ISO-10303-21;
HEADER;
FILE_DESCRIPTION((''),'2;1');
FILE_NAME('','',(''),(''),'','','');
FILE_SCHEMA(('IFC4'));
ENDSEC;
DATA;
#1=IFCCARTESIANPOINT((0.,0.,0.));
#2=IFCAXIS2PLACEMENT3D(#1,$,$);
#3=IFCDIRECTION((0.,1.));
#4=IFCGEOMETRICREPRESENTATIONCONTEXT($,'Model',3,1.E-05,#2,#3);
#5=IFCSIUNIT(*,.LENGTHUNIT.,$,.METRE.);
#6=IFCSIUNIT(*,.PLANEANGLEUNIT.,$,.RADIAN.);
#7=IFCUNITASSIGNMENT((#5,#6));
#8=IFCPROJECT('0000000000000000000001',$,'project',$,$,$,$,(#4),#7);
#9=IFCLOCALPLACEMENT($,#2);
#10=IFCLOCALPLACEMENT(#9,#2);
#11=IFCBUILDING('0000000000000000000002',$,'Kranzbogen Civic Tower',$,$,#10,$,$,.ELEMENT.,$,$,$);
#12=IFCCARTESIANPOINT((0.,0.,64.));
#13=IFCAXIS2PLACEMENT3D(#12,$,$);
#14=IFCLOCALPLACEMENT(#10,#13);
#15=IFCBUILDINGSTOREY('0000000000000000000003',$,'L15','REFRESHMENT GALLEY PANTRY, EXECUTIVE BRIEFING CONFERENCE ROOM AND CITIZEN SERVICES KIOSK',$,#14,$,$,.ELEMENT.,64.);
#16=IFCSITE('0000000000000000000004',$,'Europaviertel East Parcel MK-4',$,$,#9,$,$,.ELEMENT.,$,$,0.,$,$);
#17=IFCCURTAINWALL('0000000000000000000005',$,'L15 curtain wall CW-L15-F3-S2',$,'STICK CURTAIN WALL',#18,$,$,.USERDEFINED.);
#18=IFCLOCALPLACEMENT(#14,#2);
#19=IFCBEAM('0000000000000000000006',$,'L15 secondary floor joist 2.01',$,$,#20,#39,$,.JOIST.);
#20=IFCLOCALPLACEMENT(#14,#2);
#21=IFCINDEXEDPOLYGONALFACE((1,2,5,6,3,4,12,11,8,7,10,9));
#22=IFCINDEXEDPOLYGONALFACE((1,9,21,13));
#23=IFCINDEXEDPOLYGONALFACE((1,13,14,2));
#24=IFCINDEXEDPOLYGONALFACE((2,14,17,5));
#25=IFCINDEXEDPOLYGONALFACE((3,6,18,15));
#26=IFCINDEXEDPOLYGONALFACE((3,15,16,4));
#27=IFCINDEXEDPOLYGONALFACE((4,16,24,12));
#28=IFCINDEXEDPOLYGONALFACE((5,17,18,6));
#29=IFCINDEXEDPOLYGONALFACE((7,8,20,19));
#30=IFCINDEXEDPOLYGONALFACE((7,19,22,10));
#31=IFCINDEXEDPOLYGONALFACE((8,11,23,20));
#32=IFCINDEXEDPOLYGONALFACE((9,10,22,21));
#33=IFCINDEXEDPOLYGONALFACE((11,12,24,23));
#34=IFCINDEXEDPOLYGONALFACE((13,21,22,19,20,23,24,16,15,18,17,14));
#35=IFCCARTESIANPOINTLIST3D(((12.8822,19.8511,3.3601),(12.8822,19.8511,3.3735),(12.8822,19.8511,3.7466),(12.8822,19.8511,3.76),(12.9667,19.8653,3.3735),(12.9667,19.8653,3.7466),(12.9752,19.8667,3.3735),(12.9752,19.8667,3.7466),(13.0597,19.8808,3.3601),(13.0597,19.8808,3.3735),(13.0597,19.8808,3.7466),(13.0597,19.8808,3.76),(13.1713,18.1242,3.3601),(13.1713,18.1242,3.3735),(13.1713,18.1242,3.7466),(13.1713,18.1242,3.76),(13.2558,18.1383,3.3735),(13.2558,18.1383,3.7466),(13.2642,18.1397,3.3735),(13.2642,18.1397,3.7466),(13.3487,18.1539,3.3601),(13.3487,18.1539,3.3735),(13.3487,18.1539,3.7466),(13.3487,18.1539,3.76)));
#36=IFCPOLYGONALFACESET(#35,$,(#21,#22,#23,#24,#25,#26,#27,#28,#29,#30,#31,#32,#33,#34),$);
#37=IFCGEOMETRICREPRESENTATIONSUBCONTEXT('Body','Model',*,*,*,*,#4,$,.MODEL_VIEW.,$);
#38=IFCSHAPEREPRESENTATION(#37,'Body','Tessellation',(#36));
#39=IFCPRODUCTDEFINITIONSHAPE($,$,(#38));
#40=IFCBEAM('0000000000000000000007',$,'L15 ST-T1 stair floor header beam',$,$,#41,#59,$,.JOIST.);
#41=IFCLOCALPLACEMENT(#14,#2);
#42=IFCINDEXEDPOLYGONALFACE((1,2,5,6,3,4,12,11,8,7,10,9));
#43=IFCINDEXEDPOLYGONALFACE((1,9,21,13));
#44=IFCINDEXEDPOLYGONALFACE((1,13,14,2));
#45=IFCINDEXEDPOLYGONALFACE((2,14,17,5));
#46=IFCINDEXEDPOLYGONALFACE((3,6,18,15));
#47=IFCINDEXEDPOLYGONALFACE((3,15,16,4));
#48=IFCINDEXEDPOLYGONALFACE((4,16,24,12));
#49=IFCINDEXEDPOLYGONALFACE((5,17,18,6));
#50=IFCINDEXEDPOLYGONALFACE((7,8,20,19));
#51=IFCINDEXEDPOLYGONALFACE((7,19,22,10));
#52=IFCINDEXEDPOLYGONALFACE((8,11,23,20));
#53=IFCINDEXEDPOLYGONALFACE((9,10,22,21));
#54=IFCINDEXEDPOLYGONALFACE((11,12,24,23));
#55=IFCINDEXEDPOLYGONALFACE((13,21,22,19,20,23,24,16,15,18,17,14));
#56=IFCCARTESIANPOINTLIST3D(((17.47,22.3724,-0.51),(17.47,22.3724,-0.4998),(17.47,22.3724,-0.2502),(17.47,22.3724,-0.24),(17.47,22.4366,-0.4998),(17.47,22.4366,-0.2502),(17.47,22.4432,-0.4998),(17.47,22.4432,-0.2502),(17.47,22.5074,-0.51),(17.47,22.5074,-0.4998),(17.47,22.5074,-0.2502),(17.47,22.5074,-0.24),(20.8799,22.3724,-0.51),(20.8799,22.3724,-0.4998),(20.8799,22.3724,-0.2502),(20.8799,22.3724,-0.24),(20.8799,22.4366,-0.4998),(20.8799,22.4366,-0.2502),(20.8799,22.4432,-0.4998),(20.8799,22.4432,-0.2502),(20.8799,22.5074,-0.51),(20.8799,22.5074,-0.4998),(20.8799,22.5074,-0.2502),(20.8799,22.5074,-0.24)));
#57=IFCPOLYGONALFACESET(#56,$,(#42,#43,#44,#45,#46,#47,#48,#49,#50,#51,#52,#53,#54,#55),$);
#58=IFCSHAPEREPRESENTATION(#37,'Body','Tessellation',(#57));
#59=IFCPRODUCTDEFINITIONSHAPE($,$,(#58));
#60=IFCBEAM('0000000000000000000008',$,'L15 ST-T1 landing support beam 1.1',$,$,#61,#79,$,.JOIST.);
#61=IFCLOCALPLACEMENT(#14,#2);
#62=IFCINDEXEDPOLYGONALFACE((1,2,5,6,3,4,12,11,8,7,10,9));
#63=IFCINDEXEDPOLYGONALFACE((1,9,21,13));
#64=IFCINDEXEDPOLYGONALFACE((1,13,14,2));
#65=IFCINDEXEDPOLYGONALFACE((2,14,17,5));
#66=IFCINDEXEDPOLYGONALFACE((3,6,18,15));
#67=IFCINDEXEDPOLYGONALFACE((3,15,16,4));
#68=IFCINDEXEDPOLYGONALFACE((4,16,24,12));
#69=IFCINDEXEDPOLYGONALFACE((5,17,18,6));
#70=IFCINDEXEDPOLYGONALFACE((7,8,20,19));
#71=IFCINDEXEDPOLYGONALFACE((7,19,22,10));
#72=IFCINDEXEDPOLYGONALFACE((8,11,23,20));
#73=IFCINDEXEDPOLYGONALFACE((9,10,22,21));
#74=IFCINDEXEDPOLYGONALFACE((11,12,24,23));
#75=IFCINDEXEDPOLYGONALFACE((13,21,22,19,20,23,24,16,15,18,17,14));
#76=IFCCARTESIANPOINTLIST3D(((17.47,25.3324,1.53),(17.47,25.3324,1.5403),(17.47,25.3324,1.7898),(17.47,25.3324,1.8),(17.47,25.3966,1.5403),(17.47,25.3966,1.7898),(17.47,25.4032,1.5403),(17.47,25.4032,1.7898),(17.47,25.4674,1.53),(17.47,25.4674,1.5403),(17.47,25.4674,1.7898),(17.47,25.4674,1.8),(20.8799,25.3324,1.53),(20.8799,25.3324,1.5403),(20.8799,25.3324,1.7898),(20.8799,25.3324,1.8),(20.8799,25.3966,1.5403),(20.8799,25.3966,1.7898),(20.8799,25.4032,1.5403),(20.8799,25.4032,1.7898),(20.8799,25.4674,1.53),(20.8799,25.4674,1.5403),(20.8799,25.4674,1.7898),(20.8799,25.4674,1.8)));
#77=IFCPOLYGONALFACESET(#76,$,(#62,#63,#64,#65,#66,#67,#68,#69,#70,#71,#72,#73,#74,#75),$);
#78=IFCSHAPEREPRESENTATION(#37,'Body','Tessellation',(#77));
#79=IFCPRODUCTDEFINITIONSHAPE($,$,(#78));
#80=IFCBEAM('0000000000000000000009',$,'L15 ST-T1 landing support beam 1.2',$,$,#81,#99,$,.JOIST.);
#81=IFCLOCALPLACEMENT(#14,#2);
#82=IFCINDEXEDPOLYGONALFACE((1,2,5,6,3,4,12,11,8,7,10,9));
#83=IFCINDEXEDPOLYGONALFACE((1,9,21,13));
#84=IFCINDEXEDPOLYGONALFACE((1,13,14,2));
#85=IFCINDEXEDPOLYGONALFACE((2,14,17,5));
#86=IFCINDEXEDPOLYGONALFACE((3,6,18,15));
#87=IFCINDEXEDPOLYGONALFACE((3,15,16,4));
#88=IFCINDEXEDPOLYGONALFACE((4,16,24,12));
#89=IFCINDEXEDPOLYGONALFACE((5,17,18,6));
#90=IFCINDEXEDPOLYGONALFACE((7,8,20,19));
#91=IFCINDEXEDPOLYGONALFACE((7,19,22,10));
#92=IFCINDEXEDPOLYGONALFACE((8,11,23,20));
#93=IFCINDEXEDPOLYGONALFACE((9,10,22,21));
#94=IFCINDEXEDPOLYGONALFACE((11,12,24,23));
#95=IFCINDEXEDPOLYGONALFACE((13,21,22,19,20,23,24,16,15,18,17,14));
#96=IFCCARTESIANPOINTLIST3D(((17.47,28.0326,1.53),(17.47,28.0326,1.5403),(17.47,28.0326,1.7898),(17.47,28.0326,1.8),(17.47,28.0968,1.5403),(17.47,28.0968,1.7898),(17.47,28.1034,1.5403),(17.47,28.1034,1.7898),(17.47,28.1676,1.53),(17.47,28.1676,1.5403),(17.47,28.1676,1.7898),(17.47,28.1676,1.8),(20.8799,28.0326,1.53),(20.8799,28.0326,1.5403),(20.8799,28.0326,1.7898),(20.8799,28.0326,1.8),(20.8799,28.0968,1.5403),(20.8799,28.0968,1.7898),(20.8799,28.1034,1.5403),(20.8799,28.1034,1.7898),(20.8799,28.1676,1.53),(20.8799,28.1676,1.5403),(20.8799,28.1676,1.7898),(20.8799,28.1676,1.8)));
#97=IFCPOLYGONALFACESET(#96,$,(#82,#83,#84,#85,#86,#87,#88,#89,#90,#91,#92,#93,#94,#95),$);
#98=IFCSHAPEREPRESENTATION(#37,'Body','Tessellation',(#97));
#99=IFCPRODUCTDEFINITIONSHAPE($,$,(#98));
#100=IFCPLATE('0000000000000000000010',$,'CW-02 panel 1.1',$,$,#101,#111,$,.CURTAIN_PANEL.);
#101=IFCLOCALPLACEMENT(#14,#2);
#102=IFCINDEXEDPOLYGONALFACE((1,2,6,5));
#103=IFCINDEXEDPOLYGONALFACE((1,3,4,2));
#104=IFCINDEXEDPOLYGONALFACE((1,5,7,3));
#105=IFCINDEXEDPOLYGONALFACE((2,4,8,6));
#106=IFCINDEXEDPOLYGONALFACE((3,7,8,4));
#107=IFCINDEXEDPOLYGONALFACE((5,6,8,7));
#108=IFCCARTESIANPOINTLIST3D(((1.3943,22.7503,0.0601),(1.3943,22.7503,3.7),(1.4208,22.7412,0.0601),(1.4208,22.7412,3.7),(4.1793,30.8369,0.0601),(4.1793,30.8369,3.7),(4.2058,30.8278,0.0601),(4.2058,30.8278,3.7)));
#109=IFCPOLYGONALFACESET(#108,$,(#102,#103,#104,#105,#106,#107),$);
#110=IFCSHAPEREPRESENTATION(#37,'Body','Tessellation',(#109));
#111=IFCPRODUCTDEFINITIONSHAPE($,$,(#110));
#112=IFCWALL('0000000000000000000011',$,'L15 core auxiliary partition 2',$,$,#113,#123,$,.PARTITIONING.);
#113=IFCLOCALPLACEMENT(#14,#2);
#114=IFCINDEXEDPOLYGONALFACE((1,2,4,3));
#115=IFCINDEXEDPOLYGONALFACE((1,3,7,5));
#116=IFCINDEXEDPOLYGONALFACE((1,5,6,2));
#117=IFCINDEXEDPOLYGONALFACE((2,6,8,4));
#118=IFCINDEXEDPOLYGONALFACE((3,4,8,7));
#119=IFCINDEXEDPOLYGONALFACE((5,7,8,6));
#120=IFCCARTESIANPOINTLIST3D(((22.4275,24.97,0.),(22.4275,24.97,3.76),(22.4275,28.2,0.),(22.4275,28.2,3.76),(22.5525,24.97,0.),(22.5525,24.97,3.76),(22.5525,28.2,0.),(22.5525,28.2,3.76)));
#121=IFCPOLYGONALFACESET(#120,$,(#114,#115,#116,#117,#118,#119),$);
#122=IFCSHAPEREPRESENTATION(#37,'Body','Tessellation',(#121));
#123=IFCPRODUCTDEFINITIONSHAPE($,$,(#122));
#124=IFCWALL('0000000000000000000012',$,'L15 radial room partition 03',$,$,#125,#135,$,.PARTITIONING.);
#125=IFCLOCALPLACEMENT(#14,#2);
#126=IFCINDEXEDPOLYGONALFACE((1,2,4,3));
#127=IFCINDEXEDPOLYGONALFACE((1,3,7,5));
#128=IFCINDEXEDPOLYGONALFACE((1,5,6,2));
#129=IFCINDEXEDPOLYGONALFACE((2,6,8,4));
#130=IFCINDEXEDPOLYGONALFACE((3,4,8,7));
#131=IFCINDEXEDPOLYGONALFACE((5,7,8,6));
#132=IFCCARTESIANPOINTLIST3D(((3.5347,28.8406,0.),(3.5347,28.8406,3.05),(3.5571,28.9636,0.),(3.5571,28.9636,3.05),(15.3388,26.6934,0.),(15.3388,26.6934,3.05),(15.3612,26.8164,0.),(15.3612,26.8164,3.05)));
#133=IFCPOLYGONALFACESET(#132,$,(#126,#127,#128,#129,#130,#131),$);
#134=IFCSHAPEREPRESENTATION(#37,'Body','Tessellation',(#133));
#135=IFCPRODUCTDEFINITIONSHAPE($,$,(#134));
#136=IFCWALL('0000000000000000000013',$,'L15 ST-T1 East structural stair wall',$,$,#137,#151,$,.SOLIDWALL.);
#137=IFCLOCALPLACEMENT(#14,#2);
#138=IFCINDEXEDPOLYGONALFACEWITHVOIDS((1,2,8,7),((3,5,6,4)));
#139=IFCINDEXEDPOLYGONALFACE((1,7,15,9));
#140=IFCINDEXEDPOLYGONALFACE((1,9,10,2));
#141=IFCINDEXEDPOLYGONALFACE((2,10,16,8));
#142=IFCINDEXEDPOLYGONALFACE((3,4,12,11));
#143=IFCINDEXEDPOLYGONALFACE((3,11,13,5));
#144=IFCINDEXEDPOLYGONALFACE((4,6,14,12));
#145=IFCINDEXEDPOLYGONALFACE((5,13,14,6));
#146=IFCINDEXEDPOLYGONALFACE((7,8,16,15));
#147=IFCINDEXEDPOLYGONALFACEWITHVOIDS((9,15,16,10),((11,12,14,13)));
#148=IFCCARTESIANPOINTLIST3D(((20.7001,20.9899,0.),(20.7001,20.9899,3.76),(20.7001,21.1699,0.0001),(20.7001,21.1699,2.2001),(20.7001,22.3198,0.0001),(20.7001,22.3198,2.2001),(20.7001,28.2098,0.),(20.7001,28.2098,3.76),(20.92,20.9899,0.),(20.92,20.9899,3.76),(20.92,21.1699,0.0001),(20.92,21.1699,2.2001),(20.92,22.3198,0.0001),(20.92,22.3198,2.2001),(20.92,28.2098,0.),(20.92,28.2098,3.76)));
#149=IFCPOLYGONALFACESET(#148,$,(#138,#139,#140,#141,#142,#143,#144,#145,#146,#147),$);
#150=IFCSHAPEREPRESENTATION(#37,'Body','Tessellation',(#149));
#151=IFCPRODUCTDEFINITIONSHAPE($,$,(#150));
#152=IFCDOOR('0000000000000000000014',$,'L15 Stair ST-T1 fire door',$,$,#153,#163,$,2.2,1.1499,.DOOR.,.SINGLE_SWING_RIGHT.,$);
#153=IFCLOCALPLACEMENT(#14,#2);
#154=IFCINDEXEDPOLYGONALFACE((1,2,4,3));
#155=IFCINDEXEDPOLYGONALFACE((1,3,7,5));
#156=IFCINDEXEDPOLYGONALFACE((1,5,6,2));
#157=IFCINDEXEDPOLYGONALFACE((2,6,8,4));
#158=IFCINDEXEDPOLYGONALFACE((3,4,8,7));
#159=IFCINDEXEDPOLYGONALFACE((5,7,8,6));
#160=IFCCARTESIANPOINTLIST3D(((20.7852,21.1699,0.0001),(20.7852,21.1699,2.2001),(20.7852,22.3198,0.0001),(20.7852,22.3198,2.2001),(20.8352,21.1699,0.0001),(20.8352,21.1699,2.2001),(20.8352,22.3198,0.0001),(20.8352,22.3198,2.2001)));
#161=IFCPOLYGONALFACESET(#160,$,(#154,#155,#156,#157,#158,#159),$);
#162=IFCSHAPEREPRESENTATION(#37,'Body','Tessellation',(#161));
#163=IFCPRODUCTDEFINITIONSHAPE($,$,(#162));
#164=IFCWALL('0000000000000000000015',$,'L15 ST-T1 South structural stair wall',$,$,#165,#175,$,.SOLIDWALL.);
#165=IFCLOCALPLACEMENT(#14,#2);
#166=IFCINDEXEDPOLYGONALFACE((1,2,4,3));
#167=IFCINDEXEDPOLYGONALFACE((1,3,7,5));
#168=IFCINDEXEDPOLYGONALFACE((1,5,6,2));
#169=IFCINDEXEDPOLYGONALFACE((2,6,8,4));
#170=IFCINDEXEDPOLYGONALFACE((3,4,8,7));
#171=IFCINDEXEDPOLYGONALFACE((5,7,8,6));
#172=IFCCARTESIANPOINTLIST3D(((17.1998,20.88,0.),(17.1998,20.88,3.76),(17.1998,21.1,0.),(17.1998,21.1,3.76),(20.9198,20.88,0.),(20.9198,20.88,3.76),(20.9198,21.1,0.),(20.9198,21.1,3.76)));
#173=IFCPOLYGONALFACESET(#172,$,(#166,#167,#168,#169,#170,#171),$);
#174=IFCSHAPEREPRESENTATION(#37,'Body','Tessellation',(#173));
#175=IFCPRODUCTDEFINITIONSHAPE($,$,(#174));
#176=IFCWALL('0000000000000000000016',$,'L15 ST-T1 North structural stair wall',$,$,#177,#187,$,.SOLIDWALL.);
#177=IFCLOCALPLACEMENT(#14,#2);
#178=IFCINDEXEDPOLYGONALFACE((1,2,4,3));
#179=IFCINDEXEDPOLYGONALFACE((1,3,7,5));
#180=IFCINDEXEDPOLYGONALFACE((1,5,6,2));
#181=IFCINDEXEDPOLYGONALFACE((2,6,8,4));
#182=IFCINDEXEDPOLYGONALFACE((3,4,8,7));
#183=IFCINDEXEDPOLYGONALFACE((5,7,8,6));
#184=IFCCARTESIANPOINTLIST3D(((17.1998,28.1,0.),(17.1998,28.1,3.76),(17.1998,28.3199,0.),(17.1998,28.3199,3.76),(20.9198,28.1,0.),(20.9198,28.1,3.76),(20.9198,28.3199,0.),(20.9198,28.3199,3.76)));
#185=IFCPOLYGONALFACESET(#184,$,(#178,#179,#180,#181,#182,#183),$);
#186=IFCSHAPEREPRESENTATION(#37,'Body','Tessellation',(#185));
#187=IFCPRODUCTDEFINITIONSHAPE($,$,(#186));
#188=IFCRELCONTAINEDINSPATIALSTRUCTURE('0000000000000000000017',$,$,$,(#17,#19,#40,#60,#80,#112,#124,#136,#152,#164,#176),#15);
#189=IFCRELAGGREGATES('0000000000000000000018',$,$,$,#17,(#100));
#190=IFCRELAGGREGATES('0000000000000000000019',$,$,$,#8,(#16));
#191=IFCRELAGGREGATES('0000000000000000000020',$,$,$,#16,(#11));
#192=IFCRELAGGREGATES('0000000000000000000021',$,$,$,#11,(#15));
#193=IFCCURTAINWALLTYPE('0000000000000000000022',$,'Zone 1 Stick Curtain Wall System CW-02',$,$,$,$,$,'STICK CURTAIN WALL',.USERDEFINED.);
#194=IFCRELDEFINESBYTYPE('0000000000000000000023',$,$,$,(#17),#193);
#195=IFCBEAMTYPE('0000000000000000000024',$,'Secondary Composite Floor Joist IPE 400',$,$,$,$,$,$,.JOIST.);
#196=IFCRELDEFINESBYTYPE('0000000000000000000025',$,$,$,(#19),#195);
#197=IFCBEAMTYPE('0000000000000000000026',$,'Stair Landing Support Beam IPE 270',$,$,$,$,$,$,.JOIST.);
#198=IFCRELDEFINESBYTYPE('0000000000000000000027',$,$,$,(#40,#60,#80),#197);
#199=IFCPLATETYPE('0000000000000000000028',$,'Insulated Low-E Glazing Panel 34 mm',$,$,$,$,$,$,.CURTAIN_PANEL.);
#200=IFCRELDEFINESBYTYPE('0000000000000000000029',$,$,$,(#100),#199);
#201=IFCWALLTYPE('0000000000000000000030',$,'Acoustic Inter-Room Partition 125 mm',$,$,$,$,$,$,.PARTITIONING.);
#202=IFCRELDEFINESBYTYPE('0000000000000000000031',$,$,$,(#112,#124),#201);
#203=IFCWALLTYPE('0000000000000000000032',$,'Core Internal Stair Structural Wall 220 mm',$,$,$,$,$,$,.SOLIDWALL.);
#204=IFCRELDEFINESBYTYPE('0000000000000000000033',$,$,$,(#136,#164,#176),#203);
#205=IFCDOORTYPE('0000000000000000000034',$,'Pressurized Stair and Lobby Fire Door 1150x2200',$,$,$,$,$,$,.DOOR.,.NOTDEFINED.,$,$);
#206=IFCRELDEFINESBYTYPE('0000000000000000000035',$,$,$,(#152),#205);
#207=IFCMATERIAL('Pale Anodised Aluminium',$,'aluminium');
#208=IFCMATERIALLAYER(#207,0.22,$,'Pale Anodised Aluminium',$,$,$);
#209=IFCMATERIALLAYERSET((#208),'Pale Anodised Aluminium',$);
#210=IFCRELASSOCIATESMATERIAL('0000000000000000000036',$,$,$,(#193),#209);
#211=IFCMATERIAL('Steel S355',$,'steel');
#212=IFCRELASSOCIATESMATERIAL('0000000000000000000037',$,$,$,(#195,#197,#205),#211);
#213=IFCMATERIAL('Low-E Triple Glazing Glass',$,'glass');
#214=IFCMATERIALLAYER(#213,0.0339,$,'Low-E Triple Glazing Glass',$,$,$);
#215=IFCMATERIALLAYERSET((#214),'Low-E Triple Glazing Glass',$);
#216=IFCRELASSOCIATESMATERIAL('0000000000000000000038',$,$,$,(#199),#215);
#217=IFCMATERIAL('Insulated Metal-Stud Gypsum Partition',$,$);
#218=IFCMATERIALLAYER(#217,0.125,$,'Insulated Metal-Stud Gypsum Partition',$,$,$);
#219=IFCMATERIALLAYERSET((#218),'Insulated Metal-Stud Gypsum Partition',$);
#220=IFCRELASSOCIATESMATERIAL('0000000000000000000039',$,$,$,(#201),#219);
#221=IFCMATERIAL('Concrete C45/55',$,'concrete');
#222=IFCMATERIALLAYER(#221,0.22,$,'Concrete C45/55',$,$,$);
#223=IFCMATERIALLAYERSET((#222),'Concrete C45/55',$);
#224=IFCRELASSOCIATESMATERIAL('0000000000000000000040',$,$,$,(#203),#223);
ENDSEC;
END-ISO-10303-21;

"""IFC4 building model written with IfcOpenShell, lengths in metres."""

from ifc_helpers import new_model, si_unit, direction, frame, frame_2d, origin, origin_2d, place, context, subcontext, project, spatial, rectangle, i_section, extrude, material, layer, layer_set, material_profile, profile_set, type_object, element, fill, aggregate, save


model = new_model("IFC4")

# Units and contexts
model_context = context("Model", 3, precision=1e-05, world=origin(), true_north=direction((0.0, 1.0)))
body_context = subcontext(model_context, "Body", "Model", "MODEL_VIEW")
ifc_project = project(units=[si_unit("LENGTHUNIT", "METRE"), si_unit("PLANEANGLEUNIT", "RADIAN")], contexts=[model_context])

# Site, building, storey
site_placement = place(None, origin())
site = spatial("IfcSite", under=ifc_project, at=site_placement, Name="Europaviertel East Parcel MK-4", CompositionType="ELEMENT", RefElevation=0.0)
building_placement = place(site_placement, origin())
building = spatial("IfcBuilding", under=site, at=building_placement, Name="Kranzbogen Civic Tower", CompositionType="ELEMENT")
storey_placement = place(building_placement, frame((0.0, 0.0, 64.0)))
storey = spatial("IfcBuildingStorey", under=building, at=storey_placement, Name="L15", Description="REFRESHMENT GALLEY PANTRY, EXECUTIVE BRIEFING CONFERENCE ROOM AND CITIZEN SERVICES KIOSK", CompositionType="ELEMENT", Elevation=64.0)

# Shared definitions
ifc_material_1 = material(Name="Steel S355", Category="steel")

# Curtain wall
ifc_material_2 = material(Name="Pale Anodised Aluminium", Category="aluminium")
ifc_layer_1 = layer(ifc_material_2, 0.22, Name="Pale Anodised Aluminium")
ifc_layer_set_1 = layer_set([ifc_layer_1], Name="Pale Anodised Aluminium")
curtain_wall_type = type_object("IfcCurtainWallType", Name="Zone 1 Stick Curtain Wall System CW-02", ElementType="STICK CURTAIN WALL", PredefinedType="USERDEFINED", material=ifc_layer_set_1)
curtain_wall_placement = place(storey_placement, origin())
curtain_wall = element("IfcCurtainWall", 1, at=curtain_wall_placement, inside=storey, type_object=curtain_wall_type, Name="L15 curtain wall CW-L15-F3-S2", ObjectType="STICK CURTAIN WALL", PredefinedType="USERDEFINED")

# Beams
ifc_material_profile_1 = material_profile(ifc_material_1, i_section(OverallWidth=0.1799, OverallDepth=0.3999, WebThickness=0.0085, FlangeThickness=0.0134, at=origin_2d()), Name="IPE 400")
ifc_profile_set_1 = profile_set([ifc_material_profile_1], Name="Steel S355")
beam_type_1 = type_object("IfcBeamType", Name="Secondary Composite Floor Joist IPE 400", PredefinedType="JOIST", material=ifc_profile_set_1)
beam_1_placement = place(storey_placement, frame((12.9709, 19.866, 3.5601), z_axis=(0.165077, -0.986281, 0.0), x_axis=(0.986281, 0.165077, 0.0)))
element("IfcBeam", 2, at=beam_1_placement, inside=storey, type_object=beam_type_1, Name="L15 secondary floor joist 2.01", PredefinedType="JOIST", context=body_context, shape_type="SweptSolid", body=[
    extrude(i_section(OverallWidth=0.1799, OverallDepth=0.3999, WebThickness=0.0085, FlangeThickness=0.0134, at=origin_2d()), origin(), (0.0, 0.0, 1.0), 1.751),
])
ifc_material_profile_2 = material_profile(ifc_material_1, i_section(OverallWidth=0.135, OverallDepth=0.27, WebThickness=0.0066, FlangeThickness=0.0103, at=origin_2d()), Name="IPE 270")
ifc_profile_set_2 = profile_set([ifc_material_profile_2], Name="Steel S355")
beam_type_2 = type_object("IfcBeamType", Name="Stair Landing Support Beam IPE 270", PredefinedType="JOIST", material=ifc_profile_set_2)
for number, where, z_axis, x_axis, name in (
    (3, (20.8799, 22.4399, -0.375), (-1.0, 0.0, 0.0), (0.0, -1.0, 0.0), "L15 ST-T1 stair floor header beam"),
    (4, (20.8799, 25.3999, 1.665), (-1.0, 0.0, 0.0), (0.0, -1.0, 0.0), "L15 ST-T1 landing support beam 1.1"),
    (5, (20.8799, 28.1001, 1.665), (-1.0, 0.0, 0.0), (0.0, -1.0, 0.0), "L15 ST-T1 landing support beam 1.2"),
):
    element("IfcBeam", number, at=place(storey_placement, frame(where, z_axis=z_axis, x_axis=x_axis)), inside=storey, type_object=beam_type_2, Name=name, PredefinedType="JOIST", context=body_context, shape_type="SweptSolid", body=[
        extrude(i_section(OverallWidth=0.135, OverallDepth=0.27, WebThickness=0.0066, FlangeThickness=0.0103, at=origin_2d()), origin(), (0.0, 0.0, 1.0), 3.4099),
    ])

# Plate
ifc_material_3 = material(Name="Low-E Triple Glazing Glass", Category="glass")
ifc_layer_2 = layer(ifc_material_3, 0.0339, Name="Low-E Triple Glazing Glass")
ifc_layer_set_2 = layer_set([ifc_layer_2], Name="Low-E Triple Glazing Glass")
plate_type = type_object("IfcPlateType", Name="Insulated Low-E Glazing Panel 34 mm", PredefinedType="CURTAIN_PANEL", material=ifc_layer_set_2)
plate_placement = place(storey_placement, frame((2.8, 26.7891, 0.0601), z_axis=(0.0, 0.0, 1.0), x_axis=(-0.325621, -0.9455, 0.0)))
plate = element("IfcPlate", 6, at=plate_placement, type_object=plate_type, Name="CW-02 panel 1.1", PredefinedType="CURTAIN_PANEL", context=body_context, shape_type="SweptSolid", body=[
    extrude(rectangle(XDim=8.5527, YDim=0.0281, at=origin_2d()), origin(), (0.0, 0.0, 1.0), 3.6399),
])
aggregate(curtain_wall, [plate])

# Shared definitions
ifc_material_4 = material(Name="Insulated Metal-Stud Gypsum Partition")
ifc_layer_3 = layer(ifc_material_4, 0.125, Name="Insulated Metal-Stud Gypsum Partition")
ifc_layer_set_3 = layer_set([ifc_layer_3], Name="Insulated Metal-Stud Gypsum Partition")
wall_type_1 = type_object("IfcWallType", Name="Acoustic Inter-Room Partition 125 mm", PredefinedType="PARTITIONING", material=ifc_layer_set_3)

# Walls
wall_1_placement = place(storey_placement, frame((22.49, 24.97, 0.0), z_axis=(0.0, 0.0, 1.0), x_axis=(0.0, 1.0, 0.0)))
element("IfcWall", 7, at=wall_1_placement, inside=storey, type_object=wall_type_1, Name="L15 core auxiliary partition 2", PredefinedType="PARTITIONING", context=body_context, shape_type="SweptSolid", body=[
    extrude(rectangle(XDim=3.23, YDim=0.125, at=frame_2d((1.615, 0.0))), origin(), (0.0, 0.0, 1.0), 3.76),
])
wall_2_placement = place(storey_placement, frame((15.3501, 26.7549, 0.0), z_axis=(0.0, 0.0, 1.0), x_axis=(-0.983855, 0.178966, 0.0)))
element("IfcWall", 8, at=wall_2_placement, inside=storey, type_object=wall_type_1, Name="L15 radial room partition 03", PredefinedType="PARTITIONING", context=body_context, shape_type="SweptSolid", body=[
    extrude(rectangle(XDim=11.9978, YDim=0.125, at=frame_2d((5.999, 0.0))), origin(), (0.0, 0.0, 1.0), 3.05),
])

# Wall, opening, door
ifc_material_5 = material(Name="Concrete C45/55", Category="concrete")
ifc_layer_4 = layer(ifc_material_5, 0.22, Name="Concrete C45/55")
ifc_layer_set_4 = layer_set([ifc_layer_4], Name="Concrete C45/55")
wall_type_2 = type_object("IfcWallType", Name="Core Internal Stair Structural Wall 220 mm", PredefinedType="SOLIDWALL", material=ifc_layer_set_4)
wall_3_placement = place(storey_placement, frame((20.8101, 20.99, 0.0), z_axis=(0.0, 0.0, 1.0), x_axis=(0.0, 1.0, 0.0)))
wall_3 = element("IfcWall", 9, at=wall_3_placement, inside=storey, type_object=wall_type_2, Name="L15 ST-T1 East structural stair wall", PredefinedType="SOLIDWALL", context=body_context, shape_type="SweptSolid", body=[
    extrude(rectangle(XDim=7.22, YDim=0.22, at=frame_2d((3.6099, 0.0))), origin(), (0.0, 0.0, 1.0), 3.76),
])
opening_1_placement = place(wall_3_placement, frame((0.1799, 0.0, 0.0)))
opening_1 = element("IfcOpeningElement", 10, at=opening_1_placement, cuts=wall_3, PredefinedType="OPENING", context=body_context, shape_type="SweptSolid", body=[
    extrude(rectangle(XDim=1.1499, YDim=2.2, at=frame_2d((0.575, 1.1001))), frame((0.0, 0.1201, 0.0), z_axis=(0.0, -1.0, 0.0), x_axis=(1.0, 0.0, 0.0)), (0.0, 0.0, 1.0), 0.24),
])
door_type_1 = type_object("IfcDoorType", Name="Pressurized Stair and Lobby Fire Door 1150x2200", OperationType="NOTDEFINED", PredefinedType="DOOR", material=ifc_material_1)
door_1_placement = place(opening_1_placement, origin())
door_1 = element("IfcDoor", 11, at=door_1_placement, inside=storey, type_object=door_type_1, Name="L15 Stair ST-T1 fire door", OperationType="SINGLE_SWING_RIGHT", OverallHeight=2.2, OverallWidth=1.1499, PredefinedType="DOOR", context=body_context, shape_type="SweptSolid", body=[
    extrude(rectangle(XDim=1.1499, YDim=2.2, at=frame_2d((0.575, 1.1001))), frame((0.0, 0.0249, 0.0), z_axis=(0.0, -1.0, 0.0), x_axis=(1.0, 0.0, 0.0)), (0.0, 0.0, 1.0), 0.05),
])
fill(opening_1, door_1)

# Walls
for number, where, z_axis, x_axis, name in (
    (12, (17.2, 20.99, 0.0), (0.0, 0.0, 1.0), (1.0, 0.0, 0.0), "L15 ST-T1 South structural stair wall"),
    (13, (17.2, 28.21, 0.0), (0.0, 0.0, 1.0), (1.0, 0.0, 0.0), "L15 ST-T1 North structural stair wall"),
):
    element("IfcWall", number, at=place(storey_placement, frame(where, z_axis=z_axis, x_axis=x_axis)), inside=storey, type_object=wall_type_2, Name=name, PredefinedType="SOLIDWALL", context=body_context, shape_type="SweptSolid", body=[
        extrude(rectangle(XDim=3.72, YDim=0.22, at=frame_2d((1.8599, 0.0))), origin(), (0.0, 0.0, 1.0), 3.76),
    ])

save(model, "model.ifc")
